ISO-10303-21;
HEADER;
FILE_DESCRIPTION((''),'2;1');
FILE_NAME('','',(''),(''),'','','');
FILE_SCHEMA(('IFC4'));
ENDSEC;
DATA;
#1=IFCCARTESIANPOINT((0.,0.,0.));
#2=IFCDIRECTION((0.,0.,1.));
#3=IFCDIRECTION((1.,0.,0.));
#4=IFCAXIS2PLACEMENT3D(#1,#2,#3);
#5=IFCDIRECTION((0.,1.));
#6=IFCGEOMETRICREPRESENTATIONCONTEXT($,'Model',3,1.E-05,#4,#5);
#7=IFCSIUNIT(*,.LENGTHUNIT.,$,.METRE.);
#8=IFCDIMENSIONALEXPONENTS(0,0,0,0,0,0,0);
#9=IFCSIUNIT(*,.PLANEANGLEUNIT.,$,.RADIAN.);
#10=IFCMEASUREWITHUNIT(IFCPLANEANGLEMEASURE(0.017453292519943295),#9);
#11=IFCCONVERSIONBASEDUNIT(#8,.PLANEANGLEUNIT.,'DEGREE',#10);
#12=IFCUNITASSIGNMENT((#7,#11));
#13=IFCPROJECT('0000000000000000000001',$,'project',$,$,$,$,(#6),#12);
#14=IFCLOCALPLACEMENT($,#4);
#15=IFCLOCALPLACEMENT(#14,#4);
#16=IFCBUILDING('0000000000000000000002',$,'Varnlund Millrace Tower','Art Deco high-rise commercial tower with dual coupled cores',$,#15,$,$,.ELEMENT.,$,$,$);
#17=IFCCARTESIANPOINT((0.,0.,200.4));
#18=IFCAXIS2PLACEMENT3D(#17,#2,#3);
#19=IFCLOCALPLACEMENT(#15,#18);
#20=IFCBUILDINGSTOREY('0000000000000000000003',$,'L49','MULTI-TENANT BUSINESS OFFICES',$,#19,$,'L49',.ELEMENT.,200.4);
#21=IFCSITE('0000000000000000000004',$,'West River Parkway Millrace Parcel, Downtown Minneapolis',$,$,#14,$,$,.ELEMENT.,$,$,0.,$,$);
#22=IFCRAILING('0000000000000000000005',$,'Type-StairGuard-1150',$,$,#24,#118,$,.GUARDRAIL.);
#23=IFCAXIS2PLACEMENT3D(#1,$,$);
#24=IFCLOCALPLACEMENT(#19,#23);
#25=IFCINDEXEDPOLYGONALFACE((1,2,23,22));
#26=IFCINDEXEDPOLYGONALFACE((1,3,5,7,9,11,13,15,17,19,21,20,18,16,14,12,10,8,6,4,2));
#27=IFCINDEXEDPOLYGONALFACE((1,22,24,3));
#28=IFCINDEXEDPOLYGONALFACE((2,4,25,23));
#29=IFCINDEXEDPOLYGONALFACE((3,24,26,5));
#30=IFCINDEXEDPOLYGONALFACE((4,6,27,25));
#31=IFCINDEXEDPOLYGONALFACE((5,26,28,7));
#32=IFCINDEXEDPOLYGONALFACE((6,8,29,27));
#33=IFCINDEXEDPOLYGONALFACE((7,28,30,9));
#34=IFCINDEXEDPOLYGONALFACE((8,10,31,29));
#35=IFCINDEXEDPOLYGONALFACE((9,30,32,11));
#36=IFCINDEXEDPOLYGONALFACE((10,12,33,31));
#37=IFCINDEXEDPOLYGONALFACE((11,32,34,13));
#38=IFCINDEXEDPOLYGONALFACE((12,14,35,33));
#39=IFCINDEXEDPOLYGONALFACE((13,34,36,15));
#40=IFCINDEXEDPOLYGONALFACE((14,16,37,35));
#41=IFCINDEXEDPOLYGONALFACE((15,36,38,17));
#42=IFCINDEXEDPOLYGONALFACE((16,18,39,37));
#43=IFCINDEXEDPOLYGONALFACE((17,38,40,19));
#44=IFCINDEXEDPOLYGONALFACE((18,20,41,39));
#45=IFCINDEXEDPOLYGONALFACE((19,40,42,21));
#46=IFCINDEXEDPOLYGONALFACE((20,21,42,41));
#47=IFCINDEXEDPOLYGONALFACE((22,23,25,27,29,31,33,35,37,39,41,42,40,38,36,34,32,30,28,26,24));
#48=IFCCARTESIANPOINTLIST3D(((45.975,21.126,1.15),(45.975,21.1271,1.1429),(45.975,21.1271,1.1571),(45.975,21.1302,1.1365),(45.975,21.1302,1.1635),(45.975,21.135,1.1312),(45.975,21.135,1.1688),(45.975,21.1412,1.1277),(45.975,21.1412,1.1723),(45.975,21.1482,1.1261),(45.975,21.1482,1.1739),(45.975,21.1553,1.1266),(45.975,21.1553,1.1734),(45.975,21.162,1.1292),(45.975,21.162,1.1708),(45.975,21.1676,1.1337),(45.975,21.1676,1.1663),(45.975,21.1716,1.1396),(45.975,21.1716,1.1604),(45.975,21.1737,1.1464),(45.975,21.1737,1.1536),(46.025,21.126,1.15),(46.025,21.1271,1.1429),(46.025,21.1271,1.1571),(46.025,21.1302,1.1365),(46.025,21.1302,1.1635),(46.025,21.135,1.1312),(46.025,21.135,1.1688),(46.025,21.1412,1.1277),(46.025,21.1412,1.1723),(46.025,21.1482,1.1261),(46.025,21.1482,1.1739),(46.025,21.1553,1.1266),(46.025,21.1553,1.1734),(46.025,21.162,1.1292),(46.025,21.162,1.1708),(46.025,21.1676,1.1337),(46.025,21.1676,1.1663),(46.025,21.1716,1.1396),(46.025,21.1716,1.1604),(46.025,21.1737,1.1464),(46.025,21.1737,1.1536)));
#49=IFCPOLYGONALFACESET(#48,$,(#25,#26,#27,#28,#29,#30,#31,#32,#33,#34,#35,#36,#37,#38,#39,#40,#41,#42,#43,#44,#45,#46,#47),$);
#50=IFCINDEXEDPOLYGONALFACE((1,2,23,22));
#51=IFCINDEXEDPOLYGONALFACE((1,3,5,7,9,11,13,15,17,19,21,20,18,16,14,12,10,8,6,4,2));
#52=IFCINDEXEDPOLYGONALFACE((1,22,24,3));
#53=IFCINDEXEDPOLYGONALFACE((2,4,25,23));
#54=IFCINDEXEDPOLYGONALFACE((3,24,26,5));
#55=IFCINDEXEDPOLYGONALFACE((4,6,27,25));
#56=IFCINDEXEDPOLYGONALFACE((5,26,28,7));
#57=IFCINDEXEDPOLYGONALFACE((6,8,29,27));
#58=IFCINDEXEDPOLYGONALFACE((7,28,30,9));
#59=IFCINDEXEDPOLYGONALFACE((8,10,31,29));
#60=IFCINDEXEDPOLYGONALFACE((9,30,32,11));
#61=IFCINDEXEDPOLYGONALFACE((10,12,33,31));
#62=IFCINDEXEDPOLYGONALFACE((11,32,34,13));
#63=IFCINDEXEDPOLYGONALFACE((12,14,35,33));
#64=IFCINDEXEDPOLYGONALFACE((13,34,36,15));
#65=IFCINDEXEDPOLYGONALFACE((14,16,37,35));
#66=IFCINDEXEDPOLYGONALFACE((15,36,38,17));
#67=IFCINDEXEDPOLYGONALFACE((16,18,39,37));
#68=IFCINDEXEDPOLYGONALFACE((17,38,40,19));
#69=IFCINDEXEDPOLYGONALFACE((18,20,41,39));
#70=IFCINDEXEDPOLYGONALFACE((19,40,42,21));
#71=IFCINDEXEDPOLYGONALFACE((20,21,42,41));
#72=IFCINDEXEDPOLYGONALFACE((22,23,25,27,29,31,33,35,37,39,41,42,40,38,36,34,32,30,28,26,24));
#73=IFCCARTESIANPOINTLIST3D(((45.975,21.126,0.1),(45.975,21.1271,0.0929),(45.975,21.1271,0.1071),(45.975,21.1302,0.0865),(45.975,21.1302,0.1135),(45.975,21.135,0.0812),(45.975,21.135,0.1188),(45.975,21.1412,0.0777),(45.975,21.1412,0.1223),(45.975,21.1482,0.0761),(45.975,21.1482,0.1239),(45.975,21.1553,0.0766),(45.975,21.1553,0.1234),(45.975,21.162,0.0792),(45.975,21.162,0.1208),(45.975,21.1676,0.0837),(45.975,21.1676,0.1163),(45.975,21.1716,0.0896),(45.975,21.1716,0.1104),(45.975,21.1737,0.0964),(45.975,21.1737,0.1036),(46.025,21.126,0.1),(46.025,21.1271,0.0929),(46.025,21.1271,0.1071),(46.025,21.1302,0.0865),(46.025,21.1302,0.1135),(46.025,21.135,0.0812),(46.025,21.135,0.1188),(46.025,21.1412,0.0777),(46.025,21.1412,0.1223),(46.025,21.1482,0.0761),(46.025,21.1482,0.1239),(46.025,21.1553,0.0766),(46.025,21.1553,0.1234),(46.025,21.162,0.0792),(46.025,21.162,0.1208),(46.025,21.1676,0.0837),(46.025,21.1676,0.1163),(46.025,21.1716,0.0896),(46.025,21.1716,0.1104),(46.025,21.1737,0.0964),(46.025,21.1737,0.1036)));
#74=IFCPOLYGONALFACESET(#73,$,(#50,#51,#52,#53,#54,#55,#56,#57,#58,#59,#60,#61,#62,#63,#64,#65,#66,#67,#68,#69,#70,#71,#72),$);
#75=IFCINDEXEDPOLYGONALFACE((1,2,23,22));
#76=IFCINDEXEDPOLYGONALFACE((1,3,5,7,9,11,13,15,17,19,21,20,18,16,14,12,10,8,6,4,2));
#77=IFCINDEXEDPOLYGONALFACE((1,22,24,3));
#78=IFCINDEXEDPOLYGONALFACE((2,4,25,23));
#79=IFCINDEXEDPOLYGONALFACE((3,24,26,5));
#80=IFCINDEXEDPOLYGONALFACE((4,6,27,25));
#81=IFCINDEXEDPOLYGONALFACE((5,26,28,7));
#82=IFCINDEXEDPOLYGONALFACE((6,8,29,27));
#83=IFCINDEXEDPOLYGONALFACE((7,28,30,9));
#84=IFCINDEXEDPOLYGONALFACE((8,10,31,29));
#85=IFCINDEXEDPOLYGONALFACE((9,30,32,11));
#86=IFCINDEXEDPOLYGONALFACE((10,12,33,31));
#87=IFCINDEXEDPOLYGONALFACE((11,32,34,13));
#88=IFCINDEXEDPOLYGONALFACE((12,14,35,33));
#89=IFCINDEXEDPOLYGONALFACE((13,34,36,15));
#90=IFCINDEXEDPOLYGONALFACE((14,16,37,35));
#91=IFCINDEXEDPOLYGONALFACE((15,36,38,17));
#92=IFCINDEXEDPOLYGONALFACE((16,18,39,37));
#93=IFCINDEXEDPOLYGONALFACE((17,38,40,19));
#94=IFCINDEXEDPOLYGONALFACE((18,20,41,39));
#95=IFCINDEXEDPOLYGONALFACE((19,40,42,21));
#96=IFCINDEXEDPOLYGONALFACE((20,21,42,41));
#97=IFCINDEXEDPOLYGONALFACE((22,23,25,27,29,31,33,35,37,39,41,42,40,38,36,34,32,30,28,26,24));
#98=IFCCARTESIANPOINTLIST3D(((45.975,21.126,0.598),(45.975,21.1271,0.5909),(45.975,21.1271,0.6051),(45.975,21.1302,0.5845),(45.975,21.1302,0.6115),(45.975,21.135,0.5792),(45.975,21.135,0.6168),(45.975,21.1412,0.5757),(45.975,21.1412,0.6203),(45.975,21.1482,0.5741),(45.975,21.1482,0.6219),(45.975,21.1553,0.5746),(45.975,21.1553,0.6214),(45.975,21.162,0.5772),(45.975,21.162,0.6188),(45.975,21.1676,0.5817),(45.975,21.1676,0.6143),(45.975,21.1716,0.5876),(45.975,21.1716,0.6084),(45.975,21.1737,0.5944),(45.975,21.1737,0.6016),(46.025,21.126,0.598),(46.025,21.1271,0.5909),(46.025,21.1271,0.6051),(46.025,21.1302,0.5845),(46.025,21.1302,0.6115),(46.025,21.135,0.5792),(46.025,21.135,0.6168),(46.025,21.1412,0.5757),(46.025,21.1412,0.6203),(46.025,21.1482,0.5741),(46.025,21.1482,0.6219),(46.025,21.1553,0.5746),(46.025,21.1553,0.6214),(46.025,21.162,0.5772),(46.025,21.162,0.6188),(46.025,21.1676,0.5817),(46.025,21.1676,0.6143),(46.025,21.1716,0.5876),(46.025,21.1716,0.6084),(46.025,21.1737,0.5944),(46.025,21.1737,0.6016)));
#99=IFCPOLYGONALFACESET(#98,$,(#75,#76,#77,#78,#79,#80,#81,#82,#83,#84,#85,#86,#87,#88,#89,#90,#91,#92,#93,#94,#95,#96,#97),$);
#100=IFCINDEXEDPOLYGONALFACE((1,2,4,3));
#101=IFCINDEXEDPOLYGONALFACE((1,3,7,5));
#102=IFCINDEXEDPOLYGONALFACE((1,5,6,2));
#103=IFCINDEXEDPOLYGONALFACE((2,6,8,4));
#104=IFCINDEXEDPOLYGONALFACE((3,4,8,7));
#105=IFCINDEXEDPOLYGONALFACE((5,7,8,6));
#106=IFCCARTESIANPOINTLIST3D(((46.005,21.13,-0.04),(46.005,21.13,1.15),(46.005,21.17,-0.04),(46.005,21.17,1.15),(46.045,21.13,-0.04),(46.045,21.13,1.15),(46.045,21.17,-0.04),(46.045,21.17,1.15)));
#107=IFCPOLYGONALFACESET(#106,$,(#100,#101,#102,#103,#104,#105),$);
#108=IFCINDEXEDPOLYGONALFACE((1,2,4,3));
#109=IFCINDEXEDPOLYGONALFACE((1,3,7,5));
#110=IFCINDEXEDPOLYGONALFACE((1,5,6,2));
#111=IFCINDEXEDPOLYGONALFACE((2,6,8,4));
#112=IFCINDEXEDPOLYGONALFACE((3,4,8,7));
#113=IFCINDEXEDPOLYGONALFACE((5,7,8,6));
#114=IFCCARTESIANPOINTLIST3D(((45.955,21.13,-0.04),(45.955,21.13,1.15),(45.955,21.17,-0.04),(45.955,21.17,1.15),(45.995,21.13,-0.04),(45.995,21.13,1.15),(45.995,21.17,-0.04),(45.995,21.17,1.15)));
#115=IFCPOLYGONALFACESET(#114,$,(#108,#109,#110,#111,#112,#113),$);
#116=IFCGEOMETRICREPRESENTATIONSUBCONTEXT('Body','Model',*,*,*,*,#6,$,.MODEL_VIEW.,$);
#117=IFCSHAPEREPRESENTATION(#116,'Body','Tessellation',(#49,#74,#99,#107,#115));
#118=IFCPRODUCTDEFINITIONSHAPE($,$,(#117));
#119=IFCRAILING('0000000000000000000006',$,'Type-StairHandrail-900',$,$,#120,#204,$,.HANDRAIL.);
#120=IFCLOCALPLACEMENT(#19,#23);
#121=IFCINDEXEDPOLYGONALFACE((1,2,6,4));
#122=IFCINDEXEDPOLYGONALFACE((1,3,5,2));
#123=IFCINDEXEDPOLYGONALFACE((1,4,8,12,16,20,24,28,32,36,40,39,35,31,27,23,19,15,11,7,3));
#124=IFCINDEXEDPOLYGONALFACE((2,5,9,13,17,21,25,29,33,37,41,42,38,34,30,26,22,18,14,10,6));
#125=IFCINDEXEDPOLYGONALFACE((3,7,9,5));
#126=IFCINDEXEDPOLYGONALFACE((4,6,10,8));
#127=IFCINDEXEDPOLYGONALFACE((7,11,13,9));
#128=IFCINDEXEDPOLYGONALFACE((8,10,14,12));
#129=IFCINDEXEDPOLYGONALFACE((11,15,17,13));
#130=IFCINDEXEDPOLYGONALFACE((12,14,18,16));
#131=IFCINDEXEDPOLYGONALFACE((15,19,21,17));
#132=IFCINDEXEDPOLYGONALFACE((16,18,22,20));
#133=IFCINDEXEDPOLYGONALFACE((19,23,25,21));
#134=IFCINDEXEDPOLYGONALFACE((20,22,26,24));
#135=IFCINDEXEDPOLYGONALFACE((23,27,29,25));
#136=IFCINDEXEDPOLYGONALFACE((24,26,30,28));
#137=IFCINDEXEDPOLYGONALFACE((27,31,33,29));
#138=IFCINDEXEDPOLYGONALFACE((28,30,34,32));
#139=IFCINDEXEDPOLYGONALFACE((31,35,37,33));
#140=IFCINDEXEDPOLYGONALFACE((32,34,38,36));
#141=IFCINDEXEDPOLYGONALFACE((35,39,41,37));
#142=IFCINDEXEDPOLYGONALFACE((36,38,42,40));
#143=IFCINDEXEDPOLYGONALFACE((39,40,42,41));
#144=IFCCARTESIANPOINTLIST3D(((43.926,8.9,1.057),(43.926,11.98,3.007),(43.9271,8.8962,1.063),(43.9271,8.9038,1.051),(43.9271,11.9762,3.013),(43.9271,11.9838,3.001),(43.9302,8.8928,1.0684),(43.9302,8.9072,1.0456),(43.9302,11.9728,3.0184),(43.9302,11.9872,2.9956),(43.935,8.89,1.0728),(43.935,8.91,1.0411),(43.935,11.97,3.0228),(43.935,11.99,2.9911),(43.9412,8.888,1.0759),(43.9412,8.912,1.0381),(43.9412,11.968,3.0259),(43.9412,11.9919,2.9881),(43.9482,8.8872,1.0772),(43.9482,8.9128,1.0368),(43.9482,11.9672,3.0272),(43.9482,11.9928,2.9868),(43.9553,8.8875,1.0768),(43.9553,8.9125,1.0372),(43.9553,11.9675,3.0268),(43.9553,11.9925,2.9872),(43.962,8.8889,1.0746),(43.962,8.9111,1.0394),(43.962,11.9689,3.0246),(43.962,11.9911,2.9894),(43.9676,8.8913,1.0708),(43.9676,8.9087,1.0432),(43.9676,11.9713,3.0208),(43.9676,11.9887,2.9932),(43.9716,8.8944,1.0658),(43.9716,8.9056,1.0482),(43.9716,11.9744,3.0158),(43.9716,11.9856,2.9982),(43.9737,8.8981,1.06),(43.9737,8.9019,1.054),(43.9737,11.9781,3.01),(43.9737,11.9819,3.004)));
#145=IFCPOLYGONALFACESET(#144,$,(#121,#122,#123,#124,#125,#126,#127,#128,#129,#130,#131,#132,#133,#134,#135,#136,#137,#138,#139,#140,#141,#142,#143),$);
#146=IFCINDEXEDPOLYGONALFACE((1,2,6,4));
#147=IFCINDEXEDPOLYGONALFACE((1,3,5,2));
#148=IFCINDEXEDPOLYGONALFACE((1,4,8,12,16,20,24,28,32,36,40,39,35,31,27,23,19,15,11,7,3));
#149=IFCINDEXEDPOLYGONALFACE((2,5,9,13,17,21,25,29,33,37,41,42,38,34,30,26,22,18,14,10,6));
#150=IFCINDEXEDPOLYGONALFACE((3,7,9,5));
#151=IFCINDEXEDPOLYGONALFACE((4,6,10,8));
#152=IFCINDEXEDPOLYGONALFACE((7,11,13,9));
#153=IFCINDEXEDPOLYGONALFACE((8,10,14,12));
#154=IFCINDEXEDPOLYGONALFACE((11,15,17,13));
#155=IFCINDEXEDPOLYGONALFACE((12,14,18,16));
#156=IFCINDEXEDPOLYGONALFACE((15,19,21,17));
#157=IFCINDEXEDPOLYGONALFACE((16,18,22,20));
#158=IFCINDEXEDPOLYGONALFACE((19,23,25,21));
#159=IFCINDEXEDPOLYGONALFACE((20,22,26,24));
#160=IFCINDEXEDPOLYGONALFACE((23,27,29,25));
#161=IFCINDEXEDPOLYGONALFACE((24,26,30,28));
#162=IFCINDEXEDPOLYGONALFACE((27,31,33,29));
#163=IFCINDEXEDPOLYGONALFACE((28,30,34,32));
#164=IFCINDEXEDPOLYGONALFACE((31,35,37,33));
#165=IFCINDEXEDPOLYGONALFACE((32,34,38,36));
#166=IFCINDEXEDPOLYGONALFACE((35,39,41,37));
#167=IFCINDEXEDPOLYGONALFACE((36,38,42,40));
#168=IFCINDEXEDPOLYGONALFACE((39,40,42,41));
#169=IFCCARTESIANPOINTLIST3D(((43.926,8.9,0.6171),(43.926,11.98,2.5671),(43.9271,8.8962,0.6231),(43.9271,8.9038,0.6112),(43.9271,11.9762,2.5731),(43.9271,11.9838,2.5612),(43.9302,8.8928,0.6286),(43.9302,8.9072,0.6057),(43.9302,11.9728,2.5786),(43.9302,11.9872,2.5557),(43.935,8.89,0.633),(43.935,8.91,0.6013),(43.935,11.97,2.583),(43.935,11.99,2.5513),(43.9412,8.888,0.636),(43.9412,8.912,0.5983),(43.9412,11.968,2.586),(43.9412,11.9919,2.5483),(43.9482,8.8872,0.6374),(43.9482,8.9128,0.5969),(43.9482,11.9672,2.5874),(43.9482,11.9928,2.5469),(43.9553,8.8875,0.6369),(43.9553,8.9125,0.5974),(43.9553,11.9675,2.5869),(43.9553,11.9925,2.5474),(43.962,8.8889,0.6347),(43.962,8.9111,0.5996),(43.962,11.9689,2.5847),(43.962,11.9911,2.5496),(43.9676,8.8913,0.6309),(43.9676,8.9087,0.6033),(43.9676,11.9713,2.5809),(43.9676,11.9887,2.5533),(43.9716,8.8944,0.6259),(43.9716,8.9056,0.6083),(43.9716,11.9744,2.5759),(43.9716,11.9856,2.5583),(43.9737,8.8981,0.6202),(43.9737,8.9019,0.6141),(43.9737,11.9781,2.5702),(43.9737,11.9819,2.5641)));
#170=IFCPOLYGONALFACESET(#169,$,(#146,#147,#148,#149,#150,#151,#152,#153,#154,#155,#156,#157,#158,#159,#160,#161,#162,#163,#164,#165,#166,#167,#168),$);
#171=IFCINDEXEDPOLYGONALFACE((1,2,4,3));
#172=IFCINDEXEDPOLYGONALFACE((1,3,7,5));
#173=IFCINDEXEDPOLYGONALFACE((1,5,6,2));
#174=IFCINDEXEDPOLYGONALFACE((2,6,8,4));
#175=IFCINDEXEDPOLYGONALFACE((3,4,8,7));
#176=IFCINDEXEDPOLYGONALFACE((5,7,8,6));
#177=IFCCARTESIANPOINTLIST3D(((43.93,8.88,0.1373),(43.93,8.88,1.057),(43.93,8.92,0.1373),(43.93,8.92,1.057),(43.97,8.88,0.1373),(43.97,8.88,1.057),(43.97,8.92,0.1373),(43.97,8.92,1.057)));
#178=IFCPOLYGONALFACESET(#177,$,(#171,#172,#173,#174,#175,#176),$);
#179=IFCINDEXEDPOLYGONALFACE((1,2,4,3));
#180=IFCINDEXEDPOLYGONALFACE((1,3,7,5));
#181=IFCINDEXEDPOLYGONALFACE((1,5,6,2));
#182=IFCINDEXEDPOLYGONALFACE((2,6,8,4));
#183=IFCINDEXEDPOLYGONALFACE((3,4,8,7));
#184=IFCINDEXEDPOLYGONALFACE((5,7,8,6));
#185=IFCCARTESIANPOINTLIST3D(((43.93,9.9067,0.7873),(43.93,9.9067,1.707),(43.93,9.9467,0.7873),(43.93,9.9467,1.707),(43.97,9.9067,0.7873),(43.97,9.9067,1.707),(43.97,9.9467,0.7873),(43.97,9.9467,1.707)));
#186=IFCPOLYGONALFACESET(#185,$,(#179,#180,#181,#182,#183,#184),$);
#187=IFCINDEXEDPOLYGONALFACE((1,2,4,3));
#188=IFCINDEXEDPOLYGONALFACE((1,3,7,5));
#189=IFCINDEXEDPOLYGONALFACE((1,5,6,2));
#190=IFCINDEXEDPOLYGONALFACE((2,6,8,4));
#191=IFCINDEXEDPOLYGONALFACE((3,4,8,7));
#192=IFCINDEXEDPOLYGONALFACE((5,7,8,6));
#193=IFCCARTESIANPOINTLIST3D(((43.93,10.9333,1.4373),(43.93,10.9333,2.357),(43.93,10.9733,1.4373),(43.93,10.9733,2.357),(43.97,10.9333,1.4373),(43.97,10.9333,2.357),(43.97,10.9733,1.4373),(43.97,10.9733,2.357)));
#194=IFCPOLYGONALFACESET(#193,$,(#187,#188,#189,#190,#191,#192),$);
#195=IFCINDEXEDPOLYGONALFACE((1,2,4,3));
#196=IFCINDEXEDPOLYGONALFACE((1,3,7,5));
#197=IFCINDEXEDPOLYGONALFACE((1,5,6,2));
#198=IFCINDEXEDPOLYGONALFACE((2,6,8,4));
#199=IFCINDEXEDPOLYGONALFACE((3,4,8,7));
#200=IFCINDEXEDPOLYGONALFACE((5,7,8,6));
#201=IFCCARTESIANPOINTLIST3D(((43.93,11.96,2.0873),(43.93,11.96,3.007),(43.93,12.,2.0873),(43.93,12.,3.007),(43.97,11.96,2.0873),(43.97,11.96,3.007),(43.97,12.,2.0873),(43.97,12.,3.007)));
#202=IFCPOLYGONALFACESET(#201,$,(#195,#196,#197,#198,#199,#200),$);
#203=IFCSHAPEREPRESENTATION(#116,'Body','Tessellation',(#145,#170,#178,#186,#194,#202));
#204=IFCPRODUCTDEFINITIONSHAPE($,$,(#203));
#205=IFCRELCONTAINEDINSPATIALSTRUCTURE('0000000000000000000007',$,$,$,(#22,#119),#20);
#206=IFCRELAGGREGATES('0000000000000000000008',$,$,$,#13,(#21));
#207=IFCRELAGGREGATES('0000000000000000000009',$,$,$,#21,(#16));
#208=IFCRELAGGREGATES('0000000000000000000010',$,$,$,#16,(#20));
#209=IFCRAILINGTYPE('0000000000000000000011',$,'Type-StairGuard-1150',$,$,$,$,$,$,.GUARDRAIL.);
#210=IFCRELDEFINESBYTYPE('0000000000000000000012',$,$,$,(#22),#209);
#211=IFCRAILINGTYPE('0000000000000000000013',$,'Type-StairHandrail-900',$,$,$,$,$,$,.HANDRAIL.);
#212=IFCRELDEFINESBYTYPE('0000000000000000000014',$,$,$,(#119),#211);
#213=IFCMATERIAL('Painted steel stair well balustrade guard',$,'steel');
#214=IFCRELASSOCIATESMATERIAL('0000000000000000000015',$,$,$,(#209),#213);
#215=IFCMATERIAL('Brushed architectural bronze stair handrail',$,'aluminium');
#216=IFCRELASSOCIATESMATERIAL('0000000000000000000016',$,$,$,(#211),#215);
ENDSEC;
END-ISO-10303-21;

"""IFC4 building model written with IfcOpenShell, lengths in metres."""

from ifc_helpers import new_model, entity, si_unit, converted_unit, direction, frame, origin_with_axes, origin_2d_with_axis, place, context, subcontext, project, spatial, rectangle, circle, extrude, material, type_object, element, save


model = new_model("IFC4")

# Units and contexts
model_context = context("Model", 3, precision=1e-05, world=origin_with_axes(), true_north=direction((0.0, 1.0)))
body_context = subcontext(model_context, "Body", "Model", "MODEL_VIEW")
ifc_project = project(units=[si_unit("LENGTHUNIT", "METRE"), converted_unit("PLANEANGLEUNIT", "DEGREE", entity("IfcPlaneAngleMeasure", 0.017453292519943295), si_unit("PLANEANGLEUNIT", "RADIAN"), dimensions=[0, 0, 0, 0, 0, 0, 0])], contexts=[model_context])

# Site, building, storey
site_placement = place(None, origin_with_axes())
site = spatial("IfcSite", under=ifc_project, at=site_placement, Name="West River Parkway Millrace Parcel, Downtown Minneapolis", CompositionType="ELEMENT", RefElevation=0.0)
building_placement = place(site_placement, origin_with_axes())
building = spatial("IfcBuilding", under=site, at=building_placement, Name="Varnlund Millrace Tower", Description="Art Deco high-rise commercial tower with dual coupled cores", CompositionType="ELEMENT")
storey_placement = place(building_placement, frame((0.0, 0.0, 200.4), z_axis=(0.0, 0.0, 1.0), x_axis=(1.0, 0.0, 0.0)))
storey = spatial("IfcBuildingStorey", under=building, at=storey_placement, Name="L49", Description="MULTI-TENANT BUSINESS OFFICES", LongName="L49", CompositionType="ELEMENT", Elevation=200.4)

# Railings
ifc_material_1 = material(Name="Painted steel stair well balustrade guard", Category="steel")
railing_type_1 = type_object("IfcRailingType", Name="Type-StairGuard-1150", PredefinedType="GUARDRAIL", material=ifc_material_1)
railing_1_placement = place(storey_placement, frame((0.0, 0.0, -200.4), z_axis=(0.0, 0.0, 1.0), x_axis=(1.0, 0.0, 0.0)))
element("IfcRailing", 1, at=railing_1_placement, inside=storey, type_object=railing_type_1, Name="Type-StairGuard-1150", PredefinedType="GUARDRAIL", context=body_context, shape_type="SweptSolid", body=[
    extrude(circle(Radius=0.024, at=origin_2d_with_axis()), frame((46.025, 21.15, 201.55), z_axis=(-1.0, 0.0, 0.0), x_axis=(0.0, -1.0, 0.0)), (0.0, 0.0, 1.0), 0.05),
    extrude(circle(Radius=0.024, at=origin_2d_with_axis()), frame((46.025, 21.15, 200.5), z_axis=(-1.0, 0.0, 0.0), x_axis=(0.0, -1.0, 0.0)), (0.0, 0.0, 1.0), 0.05),
    extrude(circle(Radius=0.024, at=origin_2d_with_axis()), frame((46.025, 21.15, 200.998), z_axis=(-1.0, 0.0, 0.0), x_axis=(0.0, -1.0, 0.0)), (0.0, 0.0, 1.0), 0.05),
    extrude(rectangle(XDim=0.04, YDim=0.04, at=origin_2d_with_axis()), frame((46.025, 21.15, 200.36), z_axis=(0.0, 0.0, 1.0), x_axis=(1.0, 0.0, 0.0)), (0.0, 0.0, 1.0), 1.19),
    extrude(rectangle(XDim=0.04, YDim=0.04, at=origin_2d_with_axis()), frame((45.975, 21.15, 200.36), z_axis=(0.0, 0.0, 1.0), x_axis=(1.0, 0.0, 0.0)), (0.0, 0.0, 1.0), 1.19),
])
ifc_material_2 = material(Name="Brushed architectural bronze stair handrail", Category="aluminium")
railing_type_2 = type_object("IfcRailingType", Name="Type-StairHandrail-900", PredefinedType="HANDRAIL", material=ifc_material_2)
railing_2_placement = place(storey_placement, frame((0.0, 0.0, -200.4), z_axis=(0.0, 0.0, 1.0), x_axis=(1.0, 0.0, 0.0)))
element("IfcRailing", 2, at=railing_2_placement, inside=storey, type_object=railing_type_2, Name="Type-StairHandrail-900", PredefinedType="HANDRAIL", context=body_context, shape_type="SweptSolid", body=[
    extrude(circle(Radius=0.024, at=origin_2d_with_axis()), frame((43.95, 8.9, 201.457), z_axis=(0.0, 0.844902, 0.534922), x_axis=(-1.0, 0.0, 0.0)), (0.0, 0.0, 1.0), 3.6454),
    extrude(circle(Radius=0.024, at=origin_2d_with_axis()), frame((43.95, 8.9, 201.0171), z_axis=(0.0, 0.844902, 0.534922), x_axis=(-1.0, 0.0, 0.0)), (0.0, 0.0, 1.0), 3.6454),
    extrude(rectangle(XDim=0.04, YDim=0.04, at=origin_2d_with_axis()), frame((43.95, 8.9, 200.5373), z_axis=(0.0, 0.0, 1.0), x_axis=(1.0, 0.0, 0.0)), (0.0, 0.0, 1.0), 0.9197),
    extrude(rectangle(XDim=0.04, YDim=0.04, at=origin_2d_with_axis()), frame((43.95, 9.9267, 201.1873), z_axis=(0.0, 0.0, 1.0), x_axis=(1.0, 0.0, 0.0)), (0.0, 0.0, 1.0), 0.9197),
    extrude(rectangle(XDim=0.04, YDim=0.04, at=origin_2d_with_axis()), frame((43.95, 10.9533, 201.8373), z_axis=(0.0, 0.0, 1.0), x_axis=(1.0, 0.0, 0.0)), (0.0, 0.0, 1.0), 0.9197),
    extrude(rectangle(XDim=0.04, YDim=0.04, at=origin_2d_with_axis()), frame((43.95, 11.98, 202.4873), z_axis=(0.0, 0.0, 1.0), x_axis=(1.0, 0.0, 0.0)), (0.0, 0.0, 1.0), 0.9197),
])

save(model, "model.ifc")
